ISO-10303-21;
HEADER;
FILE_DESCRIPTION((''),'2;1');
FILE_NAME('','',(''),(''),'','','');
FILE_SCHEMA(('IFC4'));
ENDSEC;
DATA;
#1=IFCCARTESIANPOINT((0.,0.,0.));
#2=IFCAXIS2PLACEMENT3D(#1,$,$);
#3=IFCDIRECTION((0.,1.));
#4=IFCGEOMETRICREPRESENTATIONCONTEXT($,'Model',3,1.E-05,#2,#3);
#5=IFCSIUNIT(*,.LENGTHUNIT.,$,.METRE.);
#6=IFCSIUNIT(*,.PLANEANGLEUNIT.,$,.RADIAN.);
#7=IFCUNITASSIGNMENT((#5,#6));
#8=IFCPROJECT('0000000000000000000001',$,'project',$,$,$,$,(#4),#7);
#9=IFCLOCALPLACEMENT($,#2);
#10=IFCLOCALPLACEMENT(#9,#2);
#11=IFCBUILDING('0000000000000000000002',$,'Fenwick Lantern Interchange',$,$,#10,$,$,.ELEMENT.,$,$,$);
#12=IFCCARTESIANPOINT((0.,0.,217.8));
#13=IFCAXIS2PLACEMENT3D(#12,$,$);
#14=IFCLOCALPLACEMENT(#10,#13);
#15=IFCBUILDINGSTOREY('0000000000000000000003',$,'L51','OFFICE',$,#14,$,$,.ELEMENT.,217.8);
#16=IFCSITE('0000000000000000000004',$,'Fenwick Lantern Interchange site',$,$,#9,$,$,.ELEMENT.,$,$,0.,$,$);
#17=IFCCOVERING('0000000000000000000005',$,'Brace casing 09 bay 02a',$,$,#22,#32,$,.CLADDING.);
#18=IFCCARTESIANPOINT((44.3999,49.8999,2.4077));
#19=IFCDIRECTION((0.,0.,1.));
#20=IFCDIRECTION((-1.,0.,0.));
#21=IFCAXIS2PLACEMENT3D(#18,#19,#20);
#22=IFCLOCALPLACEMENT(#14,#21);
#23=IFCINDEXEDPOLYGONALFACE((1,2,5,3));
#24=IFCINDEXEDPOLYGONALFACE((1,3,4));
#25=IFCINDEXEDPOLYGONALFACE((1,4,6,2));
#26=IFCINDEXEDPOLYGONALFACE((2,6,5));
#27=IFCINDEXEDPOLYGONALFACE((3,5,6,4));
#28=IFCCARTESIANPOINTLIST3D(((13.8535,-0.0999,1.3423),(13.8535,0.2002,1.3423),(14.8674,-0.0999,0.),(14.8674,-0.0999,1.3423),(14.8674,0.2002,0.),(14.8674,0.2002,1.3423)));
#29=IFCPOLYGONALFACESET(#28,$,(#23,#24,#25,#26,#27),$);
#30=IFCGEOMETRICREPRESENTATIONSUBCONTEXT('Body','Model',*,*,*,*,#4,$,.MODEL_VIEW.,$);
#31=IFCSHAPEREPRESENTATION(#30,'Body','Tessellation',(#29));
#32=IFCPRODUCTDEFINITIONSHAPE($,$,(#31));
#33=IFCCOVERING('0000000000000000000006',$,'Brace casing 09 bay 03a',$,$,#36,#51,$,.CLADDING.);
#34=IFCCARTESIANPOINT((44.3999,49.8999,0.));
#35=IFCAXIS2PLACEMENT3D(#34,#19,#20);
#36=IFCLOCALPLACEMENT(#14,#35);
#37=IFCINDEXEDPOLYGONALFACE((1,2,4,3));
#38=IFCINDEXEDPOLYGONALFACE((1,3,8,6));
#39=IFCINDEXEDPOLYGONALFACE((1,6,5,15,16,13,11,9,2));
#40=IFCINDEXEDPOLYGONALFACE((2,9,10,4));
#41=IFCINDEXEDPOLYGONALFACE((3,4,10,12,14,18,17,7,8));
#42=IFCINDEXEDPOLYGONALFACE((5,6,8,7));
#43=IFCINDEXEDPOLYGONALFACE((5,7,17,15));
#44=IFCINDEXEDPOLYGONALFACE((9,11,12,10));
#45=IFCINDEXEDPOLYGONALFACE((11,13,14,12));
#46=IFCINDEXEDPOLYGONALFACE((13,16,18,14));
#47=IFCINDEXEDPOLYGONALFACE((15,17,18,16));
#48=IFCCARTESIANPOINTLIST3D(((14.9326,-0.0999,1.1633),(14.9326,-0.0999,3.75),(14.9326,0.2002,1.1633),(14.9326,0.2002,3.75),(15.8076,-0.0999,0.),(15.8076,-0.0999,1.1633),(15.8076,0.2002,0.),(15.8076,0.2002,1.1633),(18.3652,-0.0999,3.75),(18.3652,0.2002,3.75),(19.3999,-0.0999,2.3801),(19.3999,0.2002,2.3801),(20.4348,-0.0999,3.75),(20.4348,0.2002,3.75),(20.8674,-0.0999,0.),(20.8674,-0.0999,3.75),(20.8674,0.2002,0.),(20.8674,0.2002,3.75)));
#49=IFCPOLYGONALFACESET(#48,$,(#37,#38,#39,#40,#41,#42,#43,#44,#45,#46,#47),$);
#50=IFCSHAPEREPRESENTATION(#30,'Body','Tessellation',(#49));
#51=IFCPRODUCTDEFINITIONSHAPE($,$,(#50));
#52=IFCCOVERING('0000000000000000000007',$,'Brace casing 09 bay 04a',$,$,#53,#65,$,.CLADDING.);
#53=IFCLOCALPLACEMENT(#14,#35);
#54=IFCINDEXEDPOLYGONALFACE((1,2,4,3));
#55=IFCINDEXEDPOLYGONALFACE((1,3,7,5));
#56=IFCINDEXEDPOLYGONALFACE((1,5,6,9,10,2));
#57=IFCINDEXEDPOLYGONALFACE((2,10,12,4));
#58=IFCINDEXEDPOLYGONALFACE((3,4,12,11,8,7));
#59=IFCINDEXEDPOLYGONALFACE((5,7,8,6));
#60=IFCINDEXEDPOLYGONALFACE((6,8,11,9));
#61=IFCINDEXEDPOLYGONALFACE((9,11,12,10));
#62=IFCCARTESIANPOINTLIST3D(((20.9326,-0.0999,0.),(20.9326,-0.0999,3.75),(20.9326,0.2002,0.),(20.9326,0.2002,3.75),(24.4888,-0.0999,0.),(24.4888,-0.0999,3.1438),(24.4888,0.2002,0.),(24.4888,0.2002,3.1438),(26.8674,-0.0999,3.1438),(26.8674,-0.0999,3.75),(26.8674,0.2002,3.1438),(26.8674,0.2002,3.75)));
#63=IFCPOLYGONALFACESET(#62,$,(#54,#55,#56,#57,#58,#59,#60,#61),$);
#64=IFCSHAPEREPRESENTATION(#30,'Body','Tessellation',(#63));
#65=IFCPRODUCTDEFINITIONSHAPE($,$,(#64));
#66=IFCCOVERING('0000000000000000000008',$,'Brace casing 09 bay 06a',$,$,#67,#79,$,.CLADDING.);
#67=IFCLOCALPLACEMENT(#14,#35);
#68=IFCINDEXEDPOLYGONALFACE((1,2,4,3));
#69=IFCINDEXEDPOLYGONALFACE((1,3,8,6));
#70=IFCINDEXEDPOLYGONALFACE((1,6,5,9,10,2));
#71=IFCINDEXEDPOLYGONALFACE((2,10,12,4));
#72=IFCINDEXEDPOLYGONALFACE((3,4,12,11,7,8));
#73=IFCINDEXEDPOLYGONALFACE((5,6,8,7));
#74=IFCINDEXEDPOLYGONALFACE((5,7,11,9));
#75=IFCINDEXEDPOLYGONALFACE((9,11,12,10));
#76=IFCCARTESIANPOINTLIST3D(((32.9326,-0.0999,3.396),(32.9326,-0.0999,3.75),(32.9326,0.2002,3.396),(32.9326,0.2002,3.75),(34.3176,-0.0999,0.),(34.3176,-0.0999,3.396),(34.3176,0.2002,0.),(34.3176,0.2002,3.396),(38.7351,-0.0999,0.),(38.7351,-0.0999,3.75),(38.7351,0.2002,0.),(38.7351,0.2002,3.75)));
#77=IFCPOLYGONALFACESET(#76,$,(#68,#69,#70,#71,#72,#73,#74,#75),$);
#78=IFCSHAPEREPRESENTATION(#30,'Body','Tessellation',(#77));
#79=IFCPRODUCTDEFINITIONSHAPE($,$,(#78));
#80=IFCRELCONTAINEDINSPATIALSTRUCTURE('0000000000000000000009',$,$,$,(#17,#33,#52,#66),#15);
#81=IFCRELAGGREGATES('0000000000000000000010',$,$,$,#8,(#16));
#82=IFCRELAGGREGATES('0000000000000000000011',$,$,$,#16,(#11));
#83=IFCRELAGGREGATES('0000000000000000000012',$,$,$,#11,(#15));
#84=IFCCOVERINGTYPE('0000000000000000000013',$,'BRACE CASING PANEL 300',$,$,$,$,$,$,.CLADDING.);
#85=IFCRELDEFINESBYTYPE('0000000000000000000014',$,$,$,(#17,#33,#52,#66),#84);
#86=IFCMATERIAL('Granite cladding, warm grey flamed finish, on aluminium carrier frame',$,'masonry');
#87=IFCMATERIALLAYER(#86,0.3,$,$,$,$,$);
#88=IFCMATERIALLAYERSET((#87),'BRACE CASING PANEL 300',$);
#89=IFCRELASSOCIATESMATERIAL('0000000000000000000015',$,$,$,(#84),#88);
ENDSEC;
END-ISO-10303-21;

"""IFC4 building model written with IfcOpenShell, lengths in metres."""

from ifc_helpers import new_model, si_unit, direction, frame, origin, place, context, subcontext, project, spatial, polyline, outline, extrude, material, layer, layer_set, type_object, element, save


model = new_model("IFC4")

# Units and contexts
model_context = context("Model", 3, precision=1e-05, world=origin(), true_north=direction((0.0, 1.0)))
body_context = subcontext(model_context, "Body", "Model", "MODEL_VIEW")
ifc_project = project(units=[si_unit("LENGTHUNIT", "METRE"), si_unit("PLANEANGLEUNIT", "RADIAN")], contexts=[model_context])

# Site, building, storey
site_placement = place(None, origin())
site = spatial("IfcSite", under=ifc_project, at=site_placement, Name="Fenwick Lantern Interchange site", CompositionType="ELEMENT", RefElevation=0.0)
building_placement = place(site_placement, origin())
building = spatial("IfcBuilding", under=site, at=building_placement, Name="Fenwick Lantern Interchange", CompositionType="ELEMENT")
storey_placement = place(building_placement, frame((0.0, 0.0, 217.8)))
storey = spatial("IfcBuildingStorey", under=building, at=storey_placement, Name="L51", Description="OFFICE", CompositionType="ELEMENT", Elevation=217.8)

# Coverings
ifc_material_1 = material(Name="Granite cladding, warm grey flamed finish, on aluminium carrier frame", Category="masonry")
ifc_layer_1 = layer(ifc_material_1, 0.3)
ifc_layer_set_1 = layer_set([ifc_layer_1], Name="BRACE CASING PANEL 300")
covering_type = type_object("IfcCoveringType", Name="BRACE CASING PANEL 300", PredefinedType="CLADDING", material=ifc_layer_set_1)
covering_1_placement = place(storey_placement, frame((44.3999, 49.8999, 2.4077), z_axis=(0.0, 0.0, 1.0), x_axis=(-1.0, 0.0, 0.0)))
element("IfcCovering", 1, at=covering_1_placement, inside=storey, type_object=covering_type, Name="Brace casing 09 bay 02a", PredefinedType="CLADDING", context=body_context, shape_type="SweptSolid", body=[
    extrude(outline(polyline([(14.8674, 0.0), (14.8674, 1.3423), (13.8535, 1.3423), (14.8674, 0.0)])), frame((0.0, 0.2002, 0.0), z_axis=(0.0, -1.0, 0.0), x_axis=(1.0, 0.0, 0.0)), (0.0, 0.0, 1.0), 0.3),
])
covering_2_placement = place(storey_placement, frame((44.3999, 49.8999, 0.0), z_axis=(0.0, 0.0, 1.0), x_axis=(-1.0, 0.0, 0.0)))
element("IfcCovering", 2, at=covering_2_placement, inside=storey, type_object=covering_type, Name="Brace casing 09 bay 03a", PredefinedType="CLADDING", context=body_context, shape_type="SweptSolid", body=[
    extrude(outline(polyline([(15.8076, 0.0), (20.8674, 0.0), (20.8674, 3.75), (20.4348, 3.75), (19.3999, 2.3801), (18.3652, 3.75), (14.9326, 3.75), (14.9326, 1.1633), (15.8076, 1.1633), (15.8076, 0.0)])), frame((0.0, 0.2002, 0.0), z_axis=(0.0, -1.0, 0.0), x_axis=(1.0, 0.0, 0.0)), (0.0, 0.0, 1.0), 0.3),
])
covering_3_placement = place(storey_placement, frame((44.3999, 49.8999, 0.0), z_axis=(0.0, 0.0, 1.0), x_axis=(-1.0, 0.0, 0.0)))
element("IfcCovering", 3, at=covering_3_placement, inside=storey, type_object=covering_type, Name="Brace casing 09 bay 04a", PredefinedType="CLADDING", context=body_context, shape_type="SweptSolid", body=[
    extrude(outline(polyline([(20.9326, 0.0), (24.4888, 0.0), (24.4888, 3.1438), (26.8674, 3.1438), (26.8674, 3.75), (20.9326, 3.75), (20.9326, 0.0)])), frame((0.0, 0.2002, 0.0), z_axis=(0.0, -1.0, 0.0), x_axis=(1.0, 0.0, 0.0)), (0.0, 0.0, 1.0), 0.3),
])
covering_4_placement = place(storey_placement, frame((44.3999, 49.8999, 0.0), z_axis=(0.0, 0.0, 1.0), x_axis=(-1.0, 0.0, 0.0)))
element("IfcCovering", 4, at=covering_4_placement, inside=storey, type_object=covering_type, Name="Brace casing 09 bay 06a", PredefinedType="CLADDING", context=body_context, shape_type="SweptSolid", body=[
    extrude(outline(polyline([(34.3176, 0.0), (38.7351, 0.0), (38.7351, 3.75), (32.9326, 3.75), (32.9326, 3.396), (34.3176, 3.396), (34.3176, 0.0)])), frame((0.0, 0.2002, 0.0), z_axis=(0.0, -1.0, 0.0), x_axis=(1.0, 0.0, 0.0)), (0.0, 0.0, 1.0), 0.3),
])

save(model, "model.ifc")
